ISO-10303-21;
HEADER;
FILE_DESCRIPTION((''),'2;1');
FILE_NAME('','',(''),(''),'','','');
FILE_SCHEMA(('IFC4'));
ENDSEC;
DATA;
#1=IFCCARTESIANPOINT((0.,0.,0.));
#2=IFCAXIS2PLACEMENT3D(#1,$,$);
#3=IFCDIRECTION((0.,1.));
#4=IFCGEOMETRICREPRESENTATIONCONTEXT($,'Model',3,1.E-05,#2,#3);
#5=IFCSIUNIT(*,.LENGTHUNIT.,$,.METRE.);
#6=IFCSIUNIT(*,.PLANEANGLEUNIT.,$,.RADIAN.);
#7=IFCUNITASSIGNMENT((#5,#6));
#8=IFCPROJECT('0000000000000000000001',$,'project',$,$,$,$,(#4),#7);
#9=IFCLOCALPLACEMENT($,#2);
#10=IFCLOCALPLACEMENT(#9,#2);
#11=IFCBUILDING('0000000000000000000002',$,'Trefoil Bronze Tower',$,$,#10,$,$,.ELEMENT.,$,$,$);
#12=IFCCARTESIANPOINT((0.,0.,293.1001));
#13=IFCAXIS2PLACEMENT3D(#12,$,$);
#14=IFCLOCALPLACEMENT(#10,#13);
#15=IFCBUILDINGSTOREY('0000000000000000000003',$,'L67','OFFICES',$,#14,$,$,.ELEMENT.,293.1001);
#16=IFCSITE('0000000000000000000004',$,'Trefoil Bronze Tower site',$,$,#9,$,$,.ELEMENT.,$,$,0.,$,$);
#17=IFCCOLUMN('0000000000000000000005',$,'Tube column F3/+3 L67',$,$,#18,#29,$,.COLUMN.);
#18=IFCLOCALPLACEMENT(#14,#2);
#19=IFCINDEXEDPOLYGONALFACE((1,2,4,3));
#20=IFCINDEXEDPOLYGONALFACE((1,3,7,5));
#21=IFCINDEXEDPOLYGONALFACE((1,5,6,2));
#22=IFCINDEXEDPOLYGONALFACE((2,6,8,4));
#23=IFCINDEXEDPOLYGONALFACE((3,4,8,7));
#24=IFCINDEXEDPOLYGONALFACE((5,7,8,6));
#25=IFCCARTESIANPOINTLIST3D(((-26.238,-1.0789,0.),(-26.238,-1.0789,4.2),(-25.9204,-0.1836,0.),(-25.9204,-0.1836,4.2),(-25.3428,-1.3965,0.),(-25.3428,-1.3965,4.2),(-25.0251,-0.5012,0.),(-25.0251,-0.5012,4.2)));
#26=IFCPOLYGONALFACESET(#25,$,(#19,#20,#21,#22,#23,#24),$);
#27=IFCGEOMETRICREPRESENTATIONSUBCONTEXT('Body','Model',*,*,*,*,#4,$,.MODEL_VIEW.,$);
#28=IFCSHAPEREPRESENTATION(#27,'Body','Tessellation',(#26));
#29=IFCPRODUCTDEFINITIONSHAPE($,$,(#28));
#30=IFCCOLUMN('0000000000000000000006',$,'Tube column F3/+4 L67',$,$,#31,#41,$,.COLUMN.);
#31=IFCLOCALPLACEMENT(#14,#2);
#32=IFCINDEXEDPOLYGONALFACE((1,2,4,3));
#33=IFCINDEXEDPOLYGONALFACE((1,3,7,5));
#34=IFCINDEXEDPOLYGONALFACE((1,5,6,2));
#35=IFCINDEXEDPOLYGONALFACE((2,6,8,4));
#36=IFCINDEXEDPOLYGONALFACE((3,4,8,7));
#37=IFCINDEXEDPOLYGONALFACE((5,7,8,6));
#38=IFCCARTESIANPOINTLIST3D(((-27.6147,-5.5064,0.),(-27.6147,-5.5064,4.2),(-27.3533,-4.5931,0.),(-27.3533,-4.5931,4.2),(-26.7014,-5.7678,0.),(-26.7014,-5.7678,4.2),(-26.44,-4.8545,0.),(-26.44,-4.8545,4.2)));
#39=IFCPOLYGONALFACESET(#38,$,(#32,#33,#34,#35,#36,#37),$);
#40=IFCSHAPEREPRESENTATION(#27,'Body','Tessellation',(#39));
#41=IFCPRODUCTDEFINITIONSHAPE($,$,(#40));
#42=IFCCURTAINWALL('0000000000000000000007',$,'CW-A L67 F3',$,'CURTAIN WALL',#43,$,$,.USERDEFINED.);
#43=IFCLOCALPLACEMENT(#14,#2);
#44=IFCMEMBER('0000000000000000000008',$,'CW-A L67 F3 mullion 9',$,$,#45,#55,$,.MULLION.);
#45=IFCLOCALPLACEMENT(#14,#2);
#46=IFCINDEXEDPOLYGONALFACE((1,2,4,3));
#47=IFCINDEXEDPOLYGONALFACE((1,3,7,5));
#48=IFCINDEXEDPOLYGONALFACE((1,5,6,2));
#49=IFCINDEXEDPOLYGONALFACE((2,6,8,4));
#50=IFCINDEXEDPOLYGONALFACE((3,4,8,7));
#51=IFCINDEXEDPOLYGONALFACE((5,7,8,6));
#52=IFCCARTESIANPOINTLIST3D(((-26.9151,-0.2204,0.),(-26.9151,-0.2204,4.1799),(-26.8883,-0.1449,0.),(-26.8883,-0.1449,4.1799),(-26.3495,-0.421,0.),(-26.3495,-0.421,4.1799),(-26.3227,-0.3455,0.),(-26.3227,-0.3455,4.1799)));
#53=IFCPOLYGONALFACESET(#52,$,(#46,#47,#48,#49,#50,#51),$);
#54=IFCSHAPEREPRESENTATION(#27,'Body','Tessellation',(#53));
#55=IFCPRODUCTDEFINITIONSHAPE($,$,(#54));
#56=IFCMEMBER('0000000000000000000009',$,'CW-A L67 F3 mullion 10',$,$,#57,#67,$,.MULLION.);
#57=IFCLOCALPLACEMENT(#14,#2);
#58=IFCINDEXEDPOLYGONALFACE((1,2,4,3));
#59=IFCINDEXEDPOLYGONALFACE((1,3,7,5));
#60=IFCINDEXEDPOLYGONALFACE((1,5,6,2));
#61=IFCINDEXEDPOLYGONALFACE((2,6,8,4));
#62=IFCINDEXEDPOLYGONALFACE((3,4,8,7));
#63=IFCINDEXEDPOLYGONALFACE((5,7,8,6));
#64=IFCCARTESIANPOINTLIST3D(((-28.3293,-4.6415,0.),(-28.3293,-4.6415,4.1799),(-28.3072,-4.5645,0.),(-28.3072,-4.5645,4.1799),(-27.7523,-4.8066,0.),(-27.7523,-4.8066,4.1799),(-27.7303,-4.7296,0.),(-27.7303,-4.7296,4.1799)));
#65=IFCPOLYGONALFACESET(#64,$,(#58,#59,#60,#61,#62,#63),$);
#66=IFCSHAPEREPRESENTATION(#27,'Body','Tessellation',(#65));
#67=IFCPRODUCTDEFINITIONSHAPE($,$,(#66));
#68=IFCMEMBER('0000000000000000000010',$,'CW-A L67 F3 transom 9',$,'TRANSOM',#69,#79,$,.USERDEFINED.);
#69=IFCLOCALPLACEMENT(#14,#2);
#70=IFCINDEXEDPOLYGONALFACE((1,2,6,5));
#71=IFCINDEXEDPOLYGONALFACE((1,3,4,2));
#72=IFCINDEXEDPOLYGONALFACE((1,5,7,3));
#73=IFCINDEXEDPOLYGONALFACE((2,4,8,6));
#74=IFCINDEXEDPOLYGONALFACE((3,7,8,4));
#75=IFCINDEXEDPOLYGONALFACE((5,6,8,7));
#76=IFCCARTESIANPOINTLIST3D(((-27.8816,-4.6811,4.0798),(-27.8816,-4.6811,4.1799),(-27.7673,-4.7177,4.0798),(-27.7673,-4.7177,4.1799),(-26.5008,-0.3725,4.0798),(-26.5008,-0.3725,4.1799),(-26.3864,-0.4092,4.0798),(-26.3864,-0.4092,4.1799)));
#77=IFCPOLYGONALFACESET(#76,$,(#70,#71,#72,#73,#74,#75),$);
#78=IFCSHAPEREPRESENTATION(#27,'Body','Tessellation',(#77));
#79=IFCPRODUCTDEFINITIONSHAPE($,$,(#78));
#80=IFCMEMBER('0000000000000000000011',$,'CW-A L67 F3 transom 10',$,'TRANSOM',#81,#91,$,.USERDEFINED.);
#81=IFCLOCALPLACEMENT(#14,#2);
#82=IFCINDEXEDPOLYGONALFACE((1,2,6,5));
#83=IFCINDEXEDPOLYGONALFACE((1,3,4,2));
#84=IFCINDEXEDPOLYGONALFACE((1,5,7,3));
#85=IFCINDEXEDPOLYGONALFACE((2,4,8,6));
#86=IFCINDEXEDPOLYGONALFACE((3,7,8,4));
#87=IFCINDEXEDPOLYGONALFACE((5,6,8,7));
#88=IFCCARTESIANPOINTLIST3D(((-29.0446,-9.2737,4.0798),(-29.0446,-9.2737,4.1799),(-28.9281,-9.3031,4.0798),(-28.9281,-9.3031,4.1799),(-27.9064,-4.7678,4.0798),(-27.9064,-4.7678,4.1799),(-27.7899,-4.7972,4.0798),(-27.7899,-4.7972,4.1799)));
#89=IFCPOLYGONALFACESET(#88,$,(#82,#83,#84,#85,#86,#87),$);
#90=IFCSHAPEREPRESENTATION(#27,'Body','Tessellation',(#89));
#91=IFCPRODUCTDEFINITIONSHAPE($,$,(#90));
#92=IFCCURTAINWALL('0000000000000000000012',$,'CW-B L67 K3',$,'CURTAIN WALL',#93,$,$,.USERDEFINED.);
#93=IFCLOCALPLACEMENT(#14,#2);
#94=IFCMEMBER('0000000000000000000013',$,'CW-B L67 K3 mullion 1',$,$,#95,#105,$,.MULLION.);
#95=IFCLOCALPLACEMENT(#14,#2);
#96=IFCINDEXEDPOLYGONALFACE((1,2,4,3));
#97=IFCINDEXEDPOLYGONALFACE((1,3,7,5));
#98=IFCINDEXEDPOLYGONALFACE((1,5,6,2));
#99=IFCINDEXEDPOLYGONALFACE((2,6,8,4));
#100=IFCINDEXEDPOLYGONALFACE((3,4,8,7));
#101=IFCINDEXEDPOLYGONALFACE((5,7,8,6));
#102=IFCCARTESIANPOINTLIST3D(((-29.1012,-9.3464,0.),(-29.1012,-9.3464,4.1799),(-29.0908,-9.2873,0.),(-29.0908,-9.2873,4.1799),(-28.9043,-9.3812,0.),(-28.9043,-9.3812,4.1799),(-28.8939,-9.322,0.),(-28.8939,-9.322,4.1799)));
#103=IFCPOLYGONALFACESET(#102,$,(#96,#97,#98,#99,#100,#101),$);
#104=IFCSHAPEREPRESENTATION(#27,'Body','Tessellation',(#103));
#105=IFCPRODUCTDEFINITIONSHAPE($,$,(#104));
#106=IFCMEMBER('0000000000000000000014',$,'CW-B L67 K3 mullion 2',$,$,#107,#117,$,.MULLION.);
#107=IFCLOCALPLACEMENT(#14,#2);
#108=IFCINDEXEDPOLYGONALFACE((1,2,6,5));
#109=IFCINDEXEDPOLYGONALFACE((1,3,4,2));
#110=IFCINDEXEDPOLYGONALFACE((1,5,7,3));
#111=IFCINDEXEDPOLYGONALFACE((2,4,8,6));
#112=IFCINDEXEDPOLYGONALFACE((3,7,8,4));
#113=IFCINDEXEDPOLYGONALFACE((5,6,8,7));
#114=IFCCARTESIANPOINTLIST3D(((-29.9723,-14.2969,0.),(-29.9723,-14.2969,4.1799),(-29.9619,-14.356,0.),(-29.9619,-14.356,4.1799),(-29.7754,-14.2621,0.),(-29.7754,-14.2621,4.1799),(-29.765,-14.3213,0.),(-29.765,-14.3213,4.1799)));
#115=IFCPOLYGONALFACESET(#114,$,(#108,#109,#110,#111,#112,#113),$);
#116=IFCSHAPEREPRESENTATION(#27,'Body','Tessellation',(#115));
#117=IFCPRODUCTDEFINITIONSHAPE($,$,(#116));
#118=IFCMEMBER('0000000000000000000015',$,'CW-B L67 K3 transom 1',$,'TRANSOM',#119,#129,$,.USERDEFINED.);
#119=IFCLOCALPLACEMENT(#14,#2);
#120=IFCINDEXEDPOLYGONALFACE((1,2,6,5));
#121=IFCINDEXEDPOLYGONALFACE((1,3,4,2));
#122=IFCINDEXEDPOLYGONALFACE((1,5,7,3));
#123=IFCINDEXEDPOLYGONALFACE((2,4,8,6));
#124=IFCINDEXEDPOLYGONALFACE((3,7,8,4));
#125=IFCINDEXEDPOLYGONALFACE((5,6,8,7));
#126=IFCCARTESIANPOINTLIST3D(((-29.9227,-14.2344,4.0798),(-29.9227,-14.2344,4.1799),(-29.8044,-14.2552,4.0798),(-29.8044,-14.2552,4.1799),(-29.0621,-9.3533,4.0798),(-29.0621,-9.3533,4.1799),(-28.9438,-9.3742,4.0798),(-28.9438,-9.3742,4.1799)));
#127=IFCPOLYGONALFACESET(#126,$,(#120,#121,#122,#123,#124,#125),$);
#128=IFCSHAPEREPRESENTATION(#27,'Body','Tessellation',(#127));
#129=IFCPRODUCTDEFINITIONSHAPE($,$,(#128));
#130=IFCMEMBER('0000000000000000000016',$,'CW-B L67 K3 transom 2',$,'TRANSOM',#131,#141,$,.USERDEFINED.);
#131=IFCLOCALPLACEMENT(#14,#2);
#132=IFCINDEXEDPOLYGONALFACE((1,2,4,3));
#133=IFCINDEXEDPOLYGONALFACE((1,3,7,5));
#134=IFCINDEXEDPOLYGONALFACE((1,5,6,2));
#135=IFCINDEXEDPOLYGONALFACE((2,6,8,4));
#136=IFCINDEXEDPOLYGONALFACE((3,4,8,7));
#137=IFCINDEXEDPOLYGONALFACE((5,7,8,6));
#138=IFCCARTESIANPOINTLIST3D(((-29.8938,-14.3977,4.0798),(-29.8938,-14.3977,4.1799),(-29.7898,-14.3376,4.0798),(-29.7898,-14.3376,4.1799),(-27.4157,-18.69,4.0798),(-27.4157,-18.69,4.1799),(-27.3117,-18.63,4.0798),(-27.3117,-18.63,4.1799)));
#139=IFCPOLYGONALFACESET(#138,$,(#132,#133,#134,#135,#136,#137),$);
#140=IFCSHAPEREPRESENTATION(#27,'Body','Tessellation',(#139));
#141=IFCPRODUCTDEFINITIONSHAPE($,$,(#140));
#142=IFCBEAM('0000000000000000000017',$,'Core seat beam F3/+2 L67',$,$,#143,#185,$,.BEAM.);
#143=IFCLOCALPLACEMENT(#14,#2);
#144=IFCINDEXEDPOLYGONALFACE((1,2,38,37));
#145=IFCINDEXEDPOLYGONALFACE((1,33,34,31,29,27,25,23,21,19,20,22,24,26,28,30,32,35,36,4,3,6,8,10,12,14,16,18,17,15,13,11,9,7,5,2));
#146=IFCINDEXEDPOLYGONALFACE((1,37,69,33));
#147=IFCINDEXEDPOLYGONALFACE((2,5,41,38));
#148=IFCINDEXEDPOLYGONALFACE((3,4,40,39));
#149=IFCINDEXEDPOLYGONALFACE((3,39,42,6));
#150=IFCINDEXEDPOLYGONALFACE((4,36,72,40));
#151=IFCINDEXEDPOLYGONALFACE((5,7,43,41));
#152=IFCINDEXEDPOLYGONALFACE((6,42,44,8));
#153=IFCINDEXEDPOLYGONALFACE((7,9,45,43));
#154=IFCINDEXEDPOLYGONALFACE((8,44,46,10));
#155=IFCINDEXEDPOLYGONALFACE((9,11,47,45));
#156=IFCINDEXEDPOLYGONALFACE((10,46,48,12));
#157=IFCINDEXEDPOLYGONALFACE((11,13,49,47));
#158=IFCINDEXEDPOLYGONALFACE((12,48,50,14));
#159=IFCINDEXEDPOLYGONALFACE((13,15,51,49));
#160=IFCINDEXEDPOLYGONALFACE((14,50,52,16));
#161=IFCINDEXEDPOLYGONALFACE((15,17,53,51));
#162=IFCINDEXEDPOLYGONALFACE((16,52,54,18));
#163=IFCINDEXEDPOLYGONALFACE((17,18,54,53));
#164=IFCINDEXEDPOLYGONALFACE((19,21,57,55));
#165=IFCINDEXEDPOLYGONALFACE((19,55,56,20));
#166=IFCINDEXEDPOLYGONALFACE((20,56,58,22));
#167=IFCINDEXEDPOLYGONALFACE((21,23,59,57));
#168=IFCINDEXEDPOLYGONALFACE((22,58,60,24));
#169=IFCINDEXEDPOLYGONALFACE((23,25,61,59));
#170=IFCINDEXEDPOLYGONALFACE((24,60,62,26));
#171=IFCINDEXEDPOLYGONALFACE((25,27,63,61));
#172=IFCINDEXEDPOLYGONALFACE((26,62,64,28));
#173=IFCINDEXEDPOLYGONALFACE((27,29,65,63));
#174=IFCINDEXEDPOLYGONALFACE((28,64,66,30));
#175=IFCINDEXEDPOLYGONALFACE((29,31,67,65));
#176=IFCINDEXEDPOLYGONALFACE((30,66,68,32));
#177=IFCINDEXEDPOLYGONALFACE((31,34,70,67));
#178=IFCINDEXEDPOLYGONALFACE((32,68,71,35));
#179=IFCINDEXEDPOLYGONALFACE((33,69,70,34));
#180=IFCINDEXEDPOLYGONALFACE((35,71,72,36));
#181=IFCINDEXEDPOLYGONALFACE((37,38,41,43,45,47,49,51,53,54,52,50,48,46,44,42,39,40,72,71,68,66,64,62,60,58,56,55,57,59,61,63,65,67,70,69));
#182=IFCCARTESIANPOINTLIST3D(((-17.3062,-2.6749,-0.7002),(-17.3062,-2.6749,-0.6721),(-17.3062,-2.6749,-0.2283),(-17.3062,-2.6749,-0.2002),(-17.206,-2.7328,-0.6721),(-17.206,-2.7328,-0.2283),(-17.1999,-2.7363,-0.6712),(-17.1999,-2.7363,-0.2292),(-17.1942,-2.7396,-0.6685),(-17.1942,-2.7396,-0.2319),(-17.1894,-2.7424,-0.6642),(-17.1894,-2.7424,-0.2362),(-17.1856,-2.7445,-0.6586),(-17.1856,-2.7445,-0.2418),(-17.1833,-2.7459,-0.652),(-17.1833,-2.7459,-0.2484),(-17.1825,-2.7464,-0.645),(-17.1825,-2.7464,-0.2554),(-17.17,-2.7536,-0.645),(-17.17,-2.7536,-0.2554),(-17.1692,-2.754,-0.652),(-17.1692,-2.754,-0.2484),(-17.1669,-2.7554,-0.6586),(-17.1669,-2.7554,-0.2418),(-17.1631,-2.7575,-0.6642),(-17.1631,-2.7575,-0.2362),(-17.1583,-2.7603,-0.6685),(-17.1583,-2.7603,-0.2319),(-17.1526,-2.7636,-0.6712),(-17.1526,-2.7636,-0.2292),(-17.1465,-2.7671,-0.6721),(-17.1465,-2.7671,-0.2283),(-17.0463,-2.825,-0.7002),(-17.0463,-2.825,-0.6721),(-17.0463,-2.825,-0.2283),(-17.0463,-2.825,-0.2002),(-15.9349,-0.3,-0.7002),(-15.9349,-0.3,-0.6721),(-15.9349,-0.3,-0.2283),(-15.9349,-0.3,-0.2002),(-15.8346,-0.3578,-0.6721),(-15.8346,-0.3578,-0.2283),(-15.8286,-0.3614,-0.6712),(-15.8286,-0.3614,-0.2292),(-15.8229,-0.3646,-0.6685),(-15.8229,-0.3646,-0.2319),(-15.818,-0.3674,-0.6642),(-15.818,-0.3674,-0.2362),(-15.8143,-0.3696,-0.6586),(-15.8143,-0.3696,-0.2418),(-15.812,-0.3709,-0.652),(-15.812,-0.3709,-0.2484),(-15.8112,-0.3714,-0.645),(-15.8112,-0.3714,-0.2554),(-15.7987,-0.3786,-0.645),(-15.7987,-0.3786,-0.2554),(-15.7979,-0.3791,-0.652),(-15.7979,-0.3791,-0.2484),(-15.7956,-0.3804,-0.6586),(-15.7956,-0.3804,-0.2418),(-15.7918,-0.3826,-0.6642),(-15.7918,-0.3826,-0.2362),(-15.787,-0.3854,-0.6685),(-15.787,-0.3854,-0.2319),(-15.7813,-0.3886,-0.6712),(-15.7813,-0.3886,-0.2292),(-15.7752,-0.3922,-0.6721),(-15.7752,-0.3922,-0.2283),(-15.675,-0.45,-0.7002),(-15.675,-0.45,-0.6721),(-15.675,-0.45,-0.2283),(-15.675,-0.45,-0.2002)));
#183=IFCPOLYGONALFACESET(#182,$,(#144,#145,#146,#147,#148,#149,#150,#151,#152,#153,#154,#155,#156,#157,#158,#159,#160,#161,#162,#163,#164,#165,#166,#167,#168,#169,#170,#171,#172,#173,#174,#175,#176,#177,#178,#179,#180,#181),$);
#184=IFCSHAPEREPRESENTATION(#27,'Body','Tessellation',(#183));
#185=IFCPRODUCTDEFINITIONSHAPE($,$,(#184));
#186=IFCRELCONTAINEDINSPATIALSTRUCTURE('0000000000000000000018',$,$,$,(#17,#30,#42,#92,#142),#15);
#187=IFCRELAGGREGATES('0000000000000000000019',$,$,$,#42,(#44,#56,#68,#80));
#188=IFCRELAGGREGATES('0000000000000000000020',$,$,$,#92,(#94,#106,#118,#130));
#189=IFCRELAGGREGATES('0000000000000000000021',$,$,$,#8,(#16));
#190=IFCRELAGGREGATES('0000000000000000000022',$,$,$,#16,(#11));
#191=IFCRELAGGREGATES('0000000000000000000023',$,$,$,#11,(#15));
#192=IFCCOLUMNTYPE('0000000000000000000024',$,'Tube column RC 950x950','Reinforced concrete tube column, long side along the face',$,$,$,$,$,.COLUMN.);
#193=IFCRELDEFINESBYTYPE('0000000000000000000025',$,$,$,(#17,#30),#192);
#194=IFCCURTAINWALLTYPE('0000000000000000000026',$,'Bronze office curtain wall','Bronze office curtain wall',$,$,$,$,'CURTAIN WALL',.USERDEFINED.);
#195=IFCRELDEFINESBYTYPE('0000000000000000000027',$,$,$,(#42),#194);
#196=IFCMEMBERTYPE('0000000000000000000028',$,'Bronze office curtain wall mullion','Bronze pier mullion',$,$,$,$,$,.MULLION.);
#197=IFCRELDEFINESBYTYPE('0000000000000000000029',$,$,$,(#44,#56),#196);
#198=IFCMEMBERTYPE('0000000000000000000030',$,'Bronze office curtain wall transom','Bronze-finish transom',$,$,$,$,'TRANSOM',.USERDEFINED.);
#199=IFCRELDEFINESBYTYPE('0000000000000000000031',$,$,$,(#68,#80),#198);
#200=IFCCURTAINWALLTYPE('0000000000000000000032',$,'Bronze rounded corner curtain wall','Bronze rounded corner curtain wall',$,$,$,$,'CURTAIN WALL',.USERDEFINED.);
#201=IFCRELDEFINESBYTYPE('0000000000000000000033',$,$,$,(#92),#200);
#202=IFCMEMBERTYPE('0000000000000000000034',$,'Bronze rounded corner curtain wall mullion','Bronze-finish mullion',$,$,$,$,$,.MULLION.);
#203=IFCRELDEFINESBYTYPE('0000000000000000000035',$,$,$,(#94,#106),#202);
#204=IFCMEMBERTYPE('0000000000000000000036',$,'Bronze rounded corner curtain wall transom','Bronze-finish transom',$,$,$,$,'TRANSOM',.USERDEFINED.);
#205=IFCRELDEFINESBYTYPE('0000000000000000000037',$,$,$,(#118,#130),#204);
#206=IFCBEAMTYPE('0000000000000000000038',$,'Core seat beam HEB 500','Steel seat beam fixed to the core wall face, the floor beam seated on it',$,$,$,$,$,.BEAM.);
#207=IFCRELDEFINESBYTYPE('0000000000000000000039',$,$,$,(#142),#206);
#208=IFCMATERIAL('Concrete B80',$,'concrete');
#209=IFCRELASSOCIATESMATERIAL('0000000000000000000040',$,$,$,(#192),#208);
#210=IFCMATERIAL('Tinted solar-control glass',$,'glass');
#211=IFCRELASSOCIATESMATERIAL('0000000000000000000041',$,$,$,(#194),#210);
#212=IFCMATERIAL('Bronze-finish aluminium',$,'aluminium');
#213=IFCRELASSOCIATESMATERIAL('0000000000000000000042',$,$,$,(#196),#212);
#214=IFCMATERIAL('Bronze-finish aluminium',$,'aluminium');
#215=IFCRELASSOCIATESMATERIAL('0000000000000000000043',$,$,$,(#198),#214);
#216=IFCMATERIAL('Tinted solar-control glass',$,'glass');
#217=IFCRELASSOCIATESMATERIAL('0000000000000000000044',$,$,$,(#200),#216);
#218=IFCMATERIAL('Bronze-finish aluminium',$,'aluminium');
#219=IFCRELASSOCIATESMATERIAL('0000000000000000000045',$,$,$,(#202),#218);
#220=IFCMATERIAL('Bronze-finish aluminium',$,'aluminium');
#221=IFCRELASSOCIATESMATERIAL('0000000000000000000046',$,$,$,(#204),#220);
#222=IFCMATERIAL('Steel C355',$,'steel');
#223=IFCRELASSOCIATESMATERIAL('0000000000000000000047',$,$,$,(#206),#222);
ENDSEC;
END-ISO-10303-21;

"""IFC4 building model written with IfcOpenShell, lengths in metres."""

from ifc_helpers import new_model, si_unit, direction, frame, origin, origin_2d, place, context, subcontext, project, spatial, rectangle, i_section, extrude, material, material_profile, profile_set, type_object, element, aggregate, save


model = new_model("IFC4")

# Units and contexts
model_context = context("Model", 3, precision=1e-05, world=origin(), true_north=direction((0.0, 1.0)))
body_context = subcontext(model_context, "Body", "Model", "MODEL_VIEW")
ifc_project = project(units=[si_unit("LENGTHUNIT", "METRE"), si_unit("PLANEANGLEUNIT", "RADIAN")], contexts=[model_context])

# Site, building, storey
site_placement = place(None, origin())
site = spatial("IfcSite", under=ifc_project, at=site_placement, Name="Trefoil Bronze Tower site", CompositionType="ELEMENT", RefElevation=0.0)
building_placement = place(site_placement, origin())
building = spatial("IfcBuilding", under=site, at=building_placement, Name="Trefoil Bronze Tower", CompositionType="ELEMENT")
storey_placement = place(building_placement, frame((0.0, 0.0, 293.1001)))
storey = spatial("IfcBuildingStorey", under=building, at=storey_placement, Name="L67", Description="OFFICES", CompositionType="ELEMENT", Elevation=293.1001)

# Columns
ifc_material_1 = material(Name="Concrete B80", Category="concrete")
ifc_material_profile_1 = material_profile(ifc_material_1, rectangle(XDim=0.95, YDim=0.95, at=origin_2d()), Name="RC 950x950")
ifc_profile_set_1 = profile_set([ifc_material_profile_1], Name="Concrete B80")
column_type = type_object("IfcColumnType", Name="Tube column RC 950x950", Description="Reinforced concrete tube column, long side along the face", PredefinedType="COLUMN", material=ifc_profile_set_1)
for number, where, z_axis, x_axis, name in (
    (1, (-25.6316, -0.79, 0.0), (0.0, 0.0, 1.0), (-0.334352, -0.942448, 0.0), "Tube column F3/+3 L67"),
    (2, (-27.0273, -5.1804, 0.0), (0.0, 0.0, 1.0), (-0.275169, -0.961396, 0.0), "Tube column F3/+4 L67"),
):
    element("IfcColumn", number, at=place(storey_placement, frame(where, z_axis=z_axis, x_axis=x_axis)), inside=storey, type_object=column_type, Name=name, PredefinedType="COLUMN", context=body_context, shape_type="SweptSolid", body=[
        extrude(rectangle(XDim=0.95, YDim=0.95, at=origin_2d()), origin(), (0.0, 0.0, 1.0), 4.2),
    ])

# Curtain walls, members
ifc_material_2 = material(Name="Tinted solar-control glass", Category="glass")
curtain_wall_type_1 = type_object("IfcCurtainWallType", Name="Bronze office curtain wall", Description="Bronze office curtain wall", ElementType="CURTAIN WALL", PredefinedType="USERDEFINED", material=ifc_material_2)
curtain_wall_1_placement = place(storey_placement, origin())
curtain_wall_1 = element("IfcCurtainWall", 3, at=curtain_wall_1_placement, inside=storey, type_object=curtain_wall_type_1, Name="CW-A L67 F3", ObjectType="CURTAIN WALL", PredefinedType="USERDEFINED")
ifc_material_3 = material(Name="Bronze-finish aluminium", Category="aluminium")
ifc_material_profile_2 = material_profile(ifc_material_3, rectangle(XDim=0.6001, YDim=0.0801, at=origin_2d()), Name="CW-A mullion")
ifc_profile_set_2 = profile_set([ifc_material_profile_2], Name="Bronze-finish aluminium")
member_type_1 = type_object("IfcMemberType", Name="Bronze office curtain wall mullion", Description="Bronze pier mullion", PredefinedType="MULLION", material=ifc_profile_set_2)
member_1_placement = place(storey_placement, frame((-26.6189, -0.283, 0.0), z_axis=(0.0, 0.0, 1.0), x_axis=(0.942448, -0.334352, 0.0)))
member_1 = element("IfcMember", 4, at=member_1_placement, type_object=member_type_1, Name="CW-A L67 F3 mullion 9", PredefinedType="MULLION", context=body_context, shape_type="SweptSolid", body=[
    extrude(rectangle(XDim=0.6001, YDim=0.0801, at=origin_2d()), origin(), (0.0, 0.0, 1.0), 4.1799),
])
member_2_placement = place(storey_placement, frame((-28.0298, -4.6855, 0.0), z_axis=(0.0, 0.0, 1.0), x_axis=(0.961396, -0.275169, 0.0)))
member_2 = element("IfcMember", 5, at=member_2_placement, type_object=member_type_1, Name="CW-A L67 F3 mullion 10", PredefinedType="MULLION", context=body_context, shape_type="SweptSolid", body=[
    extrude(rectangle(XDim=0.6001, YDim=0.0801, at=origin_2d()), origin(), (0.0, 0.0, 1.0), 4.1799),
])
ifc_material_4 = material(Name="Bronze-finish aluminium", Category="aluminium")
ifc_material_profile_3 = material_profile(ifc_material_4, rectangle(XDim=0.1201, YDim=0.1001, at=origin_2d()), Name="CW-A transom")
ifc_profile_set_3 = profile_set([ifc_material_profile_3], Name="Bronze-finish aluminium")
member_type_2 = type_object("IfcMemberType", Name="Bronze office curtain wall transom", Description="Bronze-finish transom", ElementType="TRANSOM", PredefinedType="USERDEFINED", material=ifc_profile_set_3)
member_3_placement = place(storey_placement, frame((-26.4436, -0.3909, 4.1299), z_axis=(-0.305199, -0.952289, 0.0), x_axis=(0.952289, -0.305199, 0.0)))
member_3 = element("IfcMember", 6, at=member_3_placement, type_object=member_type_2, Name="CW-A L67 F3 transom 9", ObjectType="TRANSOM", PredefinedType="USERDEFINED", context=body_context, shape_type="SweptSolid", body=[
    extrude(rectangle(XDim=0.1201, YDim=0.1001, at=origin_2d()), origin(), (0.0, 0.0, 1.0), 4.5244),
])
member_4_placement = place(storey_placement, frame((-27.8481, -4.7825, 4.1299), z_axis=(-0.244908, -0.969546, 0.0), x_axis=(0.969546, -0.244908, 0.0)))
member_4 = element("IfcMember", 7, at=member_4_placement, type_object=member_type_2, Name="CW-A L67 F3 transom 10", ObjectType="TRANSOM", PredefinedType="USERDEFINED", context=body_context, shape_type="SweptSolid", body=[
    extrude(rectangle(XDim=0.1201, YDim=0.1001, at=origin_2d()), origin(), (0.0, 0.0, 1.0), 4.6475),
])
ifc_material_5 = material(Name="Tinted solar-control glass", Category="glass")
curtain_wall_type_2 = type_object("IfcCurtainWallType", Name="Bronze rounded corner curtain wall", Description="Bronze rounded corner curtain wall", ElementType="CURTAIN WALL", PredefinedType="USERDEFINED", material=ifc_material_5)
curtain_wall_2_placement = place(storey_placement, origin())
curtain_wall_2 = element("IfcCurtainWall", 8, at=curtain_wall_2_placement, inside=storey, type_object=curtain_wall_type_2, Name="CW-B L67 K3", ObjectType="CURTAIN WALL", PredefinedType="USERDEFINED")
ifc_material_6 = material(Name="Bronze-finish aluminium", Category="aluminium")
ifc_material_profile_4 = material_profile(ifc_material_6, rectangle(XDim=0.2, YDim=0.0601, at=origin_2d()), Name="CW-B mullion")
ifc_profile_set_4 = profile_set([ifc_material_profile_4], Name="Bronze-finish aluminium")
member_type_3 = type_object("IfcMemberType", Name="Bronze rounded corner curtain wall mullion", Description="Bronze-finish mullion", PredefinedType="MULLION", material=ifc_profile_set_4)
member_5_placement = place(storey_placement, frame((-28.9976, -9.3342, 0.0), z_axis=(0.0, 0.0, 1.0), x_axis=(0.984808, -0.173648, 0.0)))
member_5 = element("IfcMember", 9, at=member_5_placement, type_object=member_type_3, Name="CW-B L67 K3 mullion 1", PredefinedType="MULLION", context=body_context, shape_type="SweptSolid", body=[
    extrude(rectangle(XDim=0.2, YDim=0.0601, at=origin_2d()), origin(), (0.0, 0.0, 1.0), 4.1799),
])
member_6_placement = place(storey_placement, frame((-29.8687, -14.3091, 0.0), z_axis=(0.0, 0.0, 1.0), x_axis=(0.984808, 0.173648, 0.0)))
member_6 = element("IfcMember", 10, at=member_6_placement, type_object=member_type_3, Name="CW-B L67 K3 mullion 2", PredefinedType="MULLION", context=body_context, shape_type="SweptSolid", body=[
    extrude(rectangle(XDim=0.2, YDim=0.0601, at=origin_2d()), origin(), (0.0, 0.0, 1.0), 4.1799),
])
ifc_material_7 = material(Name="Bronze-finish aluminium", Category="aluminium")
ifc_material_profile_5 = material_profile(ifc_material_7, rectangle(XDim=0.1201, YDim=0.1001, at=origin_2d()), Name="CW-B transom")
ifc_profile_set_5 = profile_set([ifc_material_profile_5], Name="Bronze-finish aluminium")
member_type_4 = type_object("IfcMemberType", Name="Bronze rounded corner curtain wall transom", Description="Bronze-finish transom", ElementType="TRANSOM", PredefinedType="USERDEFINED", material=ifc_profile_set_5)
member_7_placement = place(storey_placement, frame((-29.0029, -9.3638, 4.1299), z_axis=(-0.173634, -0.98481, 0.0), x_axis=(0.98481, -0.173634, 0.0)))
member_7 = element("IfcMember", 11, at=member_7_placement, type_object=member_type_4, Name="CW-B L67 K3 transom 1", ObjectType="TRANSOM", PredefinedType="USERDEFINED", context=body_context, shape_type="SweptSolid", body=[
    extrude(rectangle(XDim=0.1201, YDim=0.1001, at=origin_2d()), origin(), (0.0, 0.0, 1.0), 4.9563),
])
member_8_placement = place(storey_placement, frame((-29.8418, -14.3677, 4.1299), z_axis=(0.499985, -0.866034, 0.0), x_axis=(0.866034, 0.499985, 0.0)))
member_8 = element("IfcMember", 12, at=member_8_placement, type_object=member_type_4, Name="CW-B L67 K3 transom 2", ObjectType="TRANSOM", PredefinedType="USERDEFINED", context=body_context, shape_type="SweptSolid", body=[
    extrude(rectangle(XDim=0.1201, YDim=0.1001, at=origin_2d()), origin(), (0.0, 0.0, 1.0), 4.9563),
])

# Beam
ifc_material_8 = material(Name="Steel C355", Category="steel")
ifc_material_profile_6 = material_profile(ifc_material_8, i_section(OverallWidth=0.3, OverallDepth=0.5, WebThickness=0.0144, FlangeThickness=0.0281, FilletRadius=0.0271, at=origin_2d()), Name="HEB 500")
ifc_profile_set_6 = profile_set([ifc_material_profile_6], Name="Steel C355")
beam_type_1 = type_object("IfcBeamType", Name="Core seat beam HEB 500", Description="Steel seat beam fixed to the core wall face, the floor beam seated on it", PredefinedType="BEAM", material=ifc_profile_set_6)
beam_1_placement = place(storey_placement, frame((-15.8049, -0.375, -0.4502), z_axis=(-0.500036, -0.866005, 0.0), x_axis=(0.866005, -0.500036, 0.0)))
element("IfcBeam", 13, at=beam_1_placement, inside=storey, type_object=beam_type_1, Name="Core seat beam F3/+2 L67", PredefinedType="BEAM", context=body_context, shape_type="SweptSolid", body=[
    extrude(i_section(OverallWidth=0.3, OverallDepth=0.5, WebThickness=0.0144, FlangeThickness=0.0281, FilletRadius=0.0271, at=origin_2d()), origin(), (0.0, 0.0, 1.0), 2.7424),
])

aggregate(curtain_wall_1, [member_1, member_2, member_3, member_4])
aggregate(curtain_wall_2, [member_5, member_6, member_7, member_8])

save(model, "model.ifc")
